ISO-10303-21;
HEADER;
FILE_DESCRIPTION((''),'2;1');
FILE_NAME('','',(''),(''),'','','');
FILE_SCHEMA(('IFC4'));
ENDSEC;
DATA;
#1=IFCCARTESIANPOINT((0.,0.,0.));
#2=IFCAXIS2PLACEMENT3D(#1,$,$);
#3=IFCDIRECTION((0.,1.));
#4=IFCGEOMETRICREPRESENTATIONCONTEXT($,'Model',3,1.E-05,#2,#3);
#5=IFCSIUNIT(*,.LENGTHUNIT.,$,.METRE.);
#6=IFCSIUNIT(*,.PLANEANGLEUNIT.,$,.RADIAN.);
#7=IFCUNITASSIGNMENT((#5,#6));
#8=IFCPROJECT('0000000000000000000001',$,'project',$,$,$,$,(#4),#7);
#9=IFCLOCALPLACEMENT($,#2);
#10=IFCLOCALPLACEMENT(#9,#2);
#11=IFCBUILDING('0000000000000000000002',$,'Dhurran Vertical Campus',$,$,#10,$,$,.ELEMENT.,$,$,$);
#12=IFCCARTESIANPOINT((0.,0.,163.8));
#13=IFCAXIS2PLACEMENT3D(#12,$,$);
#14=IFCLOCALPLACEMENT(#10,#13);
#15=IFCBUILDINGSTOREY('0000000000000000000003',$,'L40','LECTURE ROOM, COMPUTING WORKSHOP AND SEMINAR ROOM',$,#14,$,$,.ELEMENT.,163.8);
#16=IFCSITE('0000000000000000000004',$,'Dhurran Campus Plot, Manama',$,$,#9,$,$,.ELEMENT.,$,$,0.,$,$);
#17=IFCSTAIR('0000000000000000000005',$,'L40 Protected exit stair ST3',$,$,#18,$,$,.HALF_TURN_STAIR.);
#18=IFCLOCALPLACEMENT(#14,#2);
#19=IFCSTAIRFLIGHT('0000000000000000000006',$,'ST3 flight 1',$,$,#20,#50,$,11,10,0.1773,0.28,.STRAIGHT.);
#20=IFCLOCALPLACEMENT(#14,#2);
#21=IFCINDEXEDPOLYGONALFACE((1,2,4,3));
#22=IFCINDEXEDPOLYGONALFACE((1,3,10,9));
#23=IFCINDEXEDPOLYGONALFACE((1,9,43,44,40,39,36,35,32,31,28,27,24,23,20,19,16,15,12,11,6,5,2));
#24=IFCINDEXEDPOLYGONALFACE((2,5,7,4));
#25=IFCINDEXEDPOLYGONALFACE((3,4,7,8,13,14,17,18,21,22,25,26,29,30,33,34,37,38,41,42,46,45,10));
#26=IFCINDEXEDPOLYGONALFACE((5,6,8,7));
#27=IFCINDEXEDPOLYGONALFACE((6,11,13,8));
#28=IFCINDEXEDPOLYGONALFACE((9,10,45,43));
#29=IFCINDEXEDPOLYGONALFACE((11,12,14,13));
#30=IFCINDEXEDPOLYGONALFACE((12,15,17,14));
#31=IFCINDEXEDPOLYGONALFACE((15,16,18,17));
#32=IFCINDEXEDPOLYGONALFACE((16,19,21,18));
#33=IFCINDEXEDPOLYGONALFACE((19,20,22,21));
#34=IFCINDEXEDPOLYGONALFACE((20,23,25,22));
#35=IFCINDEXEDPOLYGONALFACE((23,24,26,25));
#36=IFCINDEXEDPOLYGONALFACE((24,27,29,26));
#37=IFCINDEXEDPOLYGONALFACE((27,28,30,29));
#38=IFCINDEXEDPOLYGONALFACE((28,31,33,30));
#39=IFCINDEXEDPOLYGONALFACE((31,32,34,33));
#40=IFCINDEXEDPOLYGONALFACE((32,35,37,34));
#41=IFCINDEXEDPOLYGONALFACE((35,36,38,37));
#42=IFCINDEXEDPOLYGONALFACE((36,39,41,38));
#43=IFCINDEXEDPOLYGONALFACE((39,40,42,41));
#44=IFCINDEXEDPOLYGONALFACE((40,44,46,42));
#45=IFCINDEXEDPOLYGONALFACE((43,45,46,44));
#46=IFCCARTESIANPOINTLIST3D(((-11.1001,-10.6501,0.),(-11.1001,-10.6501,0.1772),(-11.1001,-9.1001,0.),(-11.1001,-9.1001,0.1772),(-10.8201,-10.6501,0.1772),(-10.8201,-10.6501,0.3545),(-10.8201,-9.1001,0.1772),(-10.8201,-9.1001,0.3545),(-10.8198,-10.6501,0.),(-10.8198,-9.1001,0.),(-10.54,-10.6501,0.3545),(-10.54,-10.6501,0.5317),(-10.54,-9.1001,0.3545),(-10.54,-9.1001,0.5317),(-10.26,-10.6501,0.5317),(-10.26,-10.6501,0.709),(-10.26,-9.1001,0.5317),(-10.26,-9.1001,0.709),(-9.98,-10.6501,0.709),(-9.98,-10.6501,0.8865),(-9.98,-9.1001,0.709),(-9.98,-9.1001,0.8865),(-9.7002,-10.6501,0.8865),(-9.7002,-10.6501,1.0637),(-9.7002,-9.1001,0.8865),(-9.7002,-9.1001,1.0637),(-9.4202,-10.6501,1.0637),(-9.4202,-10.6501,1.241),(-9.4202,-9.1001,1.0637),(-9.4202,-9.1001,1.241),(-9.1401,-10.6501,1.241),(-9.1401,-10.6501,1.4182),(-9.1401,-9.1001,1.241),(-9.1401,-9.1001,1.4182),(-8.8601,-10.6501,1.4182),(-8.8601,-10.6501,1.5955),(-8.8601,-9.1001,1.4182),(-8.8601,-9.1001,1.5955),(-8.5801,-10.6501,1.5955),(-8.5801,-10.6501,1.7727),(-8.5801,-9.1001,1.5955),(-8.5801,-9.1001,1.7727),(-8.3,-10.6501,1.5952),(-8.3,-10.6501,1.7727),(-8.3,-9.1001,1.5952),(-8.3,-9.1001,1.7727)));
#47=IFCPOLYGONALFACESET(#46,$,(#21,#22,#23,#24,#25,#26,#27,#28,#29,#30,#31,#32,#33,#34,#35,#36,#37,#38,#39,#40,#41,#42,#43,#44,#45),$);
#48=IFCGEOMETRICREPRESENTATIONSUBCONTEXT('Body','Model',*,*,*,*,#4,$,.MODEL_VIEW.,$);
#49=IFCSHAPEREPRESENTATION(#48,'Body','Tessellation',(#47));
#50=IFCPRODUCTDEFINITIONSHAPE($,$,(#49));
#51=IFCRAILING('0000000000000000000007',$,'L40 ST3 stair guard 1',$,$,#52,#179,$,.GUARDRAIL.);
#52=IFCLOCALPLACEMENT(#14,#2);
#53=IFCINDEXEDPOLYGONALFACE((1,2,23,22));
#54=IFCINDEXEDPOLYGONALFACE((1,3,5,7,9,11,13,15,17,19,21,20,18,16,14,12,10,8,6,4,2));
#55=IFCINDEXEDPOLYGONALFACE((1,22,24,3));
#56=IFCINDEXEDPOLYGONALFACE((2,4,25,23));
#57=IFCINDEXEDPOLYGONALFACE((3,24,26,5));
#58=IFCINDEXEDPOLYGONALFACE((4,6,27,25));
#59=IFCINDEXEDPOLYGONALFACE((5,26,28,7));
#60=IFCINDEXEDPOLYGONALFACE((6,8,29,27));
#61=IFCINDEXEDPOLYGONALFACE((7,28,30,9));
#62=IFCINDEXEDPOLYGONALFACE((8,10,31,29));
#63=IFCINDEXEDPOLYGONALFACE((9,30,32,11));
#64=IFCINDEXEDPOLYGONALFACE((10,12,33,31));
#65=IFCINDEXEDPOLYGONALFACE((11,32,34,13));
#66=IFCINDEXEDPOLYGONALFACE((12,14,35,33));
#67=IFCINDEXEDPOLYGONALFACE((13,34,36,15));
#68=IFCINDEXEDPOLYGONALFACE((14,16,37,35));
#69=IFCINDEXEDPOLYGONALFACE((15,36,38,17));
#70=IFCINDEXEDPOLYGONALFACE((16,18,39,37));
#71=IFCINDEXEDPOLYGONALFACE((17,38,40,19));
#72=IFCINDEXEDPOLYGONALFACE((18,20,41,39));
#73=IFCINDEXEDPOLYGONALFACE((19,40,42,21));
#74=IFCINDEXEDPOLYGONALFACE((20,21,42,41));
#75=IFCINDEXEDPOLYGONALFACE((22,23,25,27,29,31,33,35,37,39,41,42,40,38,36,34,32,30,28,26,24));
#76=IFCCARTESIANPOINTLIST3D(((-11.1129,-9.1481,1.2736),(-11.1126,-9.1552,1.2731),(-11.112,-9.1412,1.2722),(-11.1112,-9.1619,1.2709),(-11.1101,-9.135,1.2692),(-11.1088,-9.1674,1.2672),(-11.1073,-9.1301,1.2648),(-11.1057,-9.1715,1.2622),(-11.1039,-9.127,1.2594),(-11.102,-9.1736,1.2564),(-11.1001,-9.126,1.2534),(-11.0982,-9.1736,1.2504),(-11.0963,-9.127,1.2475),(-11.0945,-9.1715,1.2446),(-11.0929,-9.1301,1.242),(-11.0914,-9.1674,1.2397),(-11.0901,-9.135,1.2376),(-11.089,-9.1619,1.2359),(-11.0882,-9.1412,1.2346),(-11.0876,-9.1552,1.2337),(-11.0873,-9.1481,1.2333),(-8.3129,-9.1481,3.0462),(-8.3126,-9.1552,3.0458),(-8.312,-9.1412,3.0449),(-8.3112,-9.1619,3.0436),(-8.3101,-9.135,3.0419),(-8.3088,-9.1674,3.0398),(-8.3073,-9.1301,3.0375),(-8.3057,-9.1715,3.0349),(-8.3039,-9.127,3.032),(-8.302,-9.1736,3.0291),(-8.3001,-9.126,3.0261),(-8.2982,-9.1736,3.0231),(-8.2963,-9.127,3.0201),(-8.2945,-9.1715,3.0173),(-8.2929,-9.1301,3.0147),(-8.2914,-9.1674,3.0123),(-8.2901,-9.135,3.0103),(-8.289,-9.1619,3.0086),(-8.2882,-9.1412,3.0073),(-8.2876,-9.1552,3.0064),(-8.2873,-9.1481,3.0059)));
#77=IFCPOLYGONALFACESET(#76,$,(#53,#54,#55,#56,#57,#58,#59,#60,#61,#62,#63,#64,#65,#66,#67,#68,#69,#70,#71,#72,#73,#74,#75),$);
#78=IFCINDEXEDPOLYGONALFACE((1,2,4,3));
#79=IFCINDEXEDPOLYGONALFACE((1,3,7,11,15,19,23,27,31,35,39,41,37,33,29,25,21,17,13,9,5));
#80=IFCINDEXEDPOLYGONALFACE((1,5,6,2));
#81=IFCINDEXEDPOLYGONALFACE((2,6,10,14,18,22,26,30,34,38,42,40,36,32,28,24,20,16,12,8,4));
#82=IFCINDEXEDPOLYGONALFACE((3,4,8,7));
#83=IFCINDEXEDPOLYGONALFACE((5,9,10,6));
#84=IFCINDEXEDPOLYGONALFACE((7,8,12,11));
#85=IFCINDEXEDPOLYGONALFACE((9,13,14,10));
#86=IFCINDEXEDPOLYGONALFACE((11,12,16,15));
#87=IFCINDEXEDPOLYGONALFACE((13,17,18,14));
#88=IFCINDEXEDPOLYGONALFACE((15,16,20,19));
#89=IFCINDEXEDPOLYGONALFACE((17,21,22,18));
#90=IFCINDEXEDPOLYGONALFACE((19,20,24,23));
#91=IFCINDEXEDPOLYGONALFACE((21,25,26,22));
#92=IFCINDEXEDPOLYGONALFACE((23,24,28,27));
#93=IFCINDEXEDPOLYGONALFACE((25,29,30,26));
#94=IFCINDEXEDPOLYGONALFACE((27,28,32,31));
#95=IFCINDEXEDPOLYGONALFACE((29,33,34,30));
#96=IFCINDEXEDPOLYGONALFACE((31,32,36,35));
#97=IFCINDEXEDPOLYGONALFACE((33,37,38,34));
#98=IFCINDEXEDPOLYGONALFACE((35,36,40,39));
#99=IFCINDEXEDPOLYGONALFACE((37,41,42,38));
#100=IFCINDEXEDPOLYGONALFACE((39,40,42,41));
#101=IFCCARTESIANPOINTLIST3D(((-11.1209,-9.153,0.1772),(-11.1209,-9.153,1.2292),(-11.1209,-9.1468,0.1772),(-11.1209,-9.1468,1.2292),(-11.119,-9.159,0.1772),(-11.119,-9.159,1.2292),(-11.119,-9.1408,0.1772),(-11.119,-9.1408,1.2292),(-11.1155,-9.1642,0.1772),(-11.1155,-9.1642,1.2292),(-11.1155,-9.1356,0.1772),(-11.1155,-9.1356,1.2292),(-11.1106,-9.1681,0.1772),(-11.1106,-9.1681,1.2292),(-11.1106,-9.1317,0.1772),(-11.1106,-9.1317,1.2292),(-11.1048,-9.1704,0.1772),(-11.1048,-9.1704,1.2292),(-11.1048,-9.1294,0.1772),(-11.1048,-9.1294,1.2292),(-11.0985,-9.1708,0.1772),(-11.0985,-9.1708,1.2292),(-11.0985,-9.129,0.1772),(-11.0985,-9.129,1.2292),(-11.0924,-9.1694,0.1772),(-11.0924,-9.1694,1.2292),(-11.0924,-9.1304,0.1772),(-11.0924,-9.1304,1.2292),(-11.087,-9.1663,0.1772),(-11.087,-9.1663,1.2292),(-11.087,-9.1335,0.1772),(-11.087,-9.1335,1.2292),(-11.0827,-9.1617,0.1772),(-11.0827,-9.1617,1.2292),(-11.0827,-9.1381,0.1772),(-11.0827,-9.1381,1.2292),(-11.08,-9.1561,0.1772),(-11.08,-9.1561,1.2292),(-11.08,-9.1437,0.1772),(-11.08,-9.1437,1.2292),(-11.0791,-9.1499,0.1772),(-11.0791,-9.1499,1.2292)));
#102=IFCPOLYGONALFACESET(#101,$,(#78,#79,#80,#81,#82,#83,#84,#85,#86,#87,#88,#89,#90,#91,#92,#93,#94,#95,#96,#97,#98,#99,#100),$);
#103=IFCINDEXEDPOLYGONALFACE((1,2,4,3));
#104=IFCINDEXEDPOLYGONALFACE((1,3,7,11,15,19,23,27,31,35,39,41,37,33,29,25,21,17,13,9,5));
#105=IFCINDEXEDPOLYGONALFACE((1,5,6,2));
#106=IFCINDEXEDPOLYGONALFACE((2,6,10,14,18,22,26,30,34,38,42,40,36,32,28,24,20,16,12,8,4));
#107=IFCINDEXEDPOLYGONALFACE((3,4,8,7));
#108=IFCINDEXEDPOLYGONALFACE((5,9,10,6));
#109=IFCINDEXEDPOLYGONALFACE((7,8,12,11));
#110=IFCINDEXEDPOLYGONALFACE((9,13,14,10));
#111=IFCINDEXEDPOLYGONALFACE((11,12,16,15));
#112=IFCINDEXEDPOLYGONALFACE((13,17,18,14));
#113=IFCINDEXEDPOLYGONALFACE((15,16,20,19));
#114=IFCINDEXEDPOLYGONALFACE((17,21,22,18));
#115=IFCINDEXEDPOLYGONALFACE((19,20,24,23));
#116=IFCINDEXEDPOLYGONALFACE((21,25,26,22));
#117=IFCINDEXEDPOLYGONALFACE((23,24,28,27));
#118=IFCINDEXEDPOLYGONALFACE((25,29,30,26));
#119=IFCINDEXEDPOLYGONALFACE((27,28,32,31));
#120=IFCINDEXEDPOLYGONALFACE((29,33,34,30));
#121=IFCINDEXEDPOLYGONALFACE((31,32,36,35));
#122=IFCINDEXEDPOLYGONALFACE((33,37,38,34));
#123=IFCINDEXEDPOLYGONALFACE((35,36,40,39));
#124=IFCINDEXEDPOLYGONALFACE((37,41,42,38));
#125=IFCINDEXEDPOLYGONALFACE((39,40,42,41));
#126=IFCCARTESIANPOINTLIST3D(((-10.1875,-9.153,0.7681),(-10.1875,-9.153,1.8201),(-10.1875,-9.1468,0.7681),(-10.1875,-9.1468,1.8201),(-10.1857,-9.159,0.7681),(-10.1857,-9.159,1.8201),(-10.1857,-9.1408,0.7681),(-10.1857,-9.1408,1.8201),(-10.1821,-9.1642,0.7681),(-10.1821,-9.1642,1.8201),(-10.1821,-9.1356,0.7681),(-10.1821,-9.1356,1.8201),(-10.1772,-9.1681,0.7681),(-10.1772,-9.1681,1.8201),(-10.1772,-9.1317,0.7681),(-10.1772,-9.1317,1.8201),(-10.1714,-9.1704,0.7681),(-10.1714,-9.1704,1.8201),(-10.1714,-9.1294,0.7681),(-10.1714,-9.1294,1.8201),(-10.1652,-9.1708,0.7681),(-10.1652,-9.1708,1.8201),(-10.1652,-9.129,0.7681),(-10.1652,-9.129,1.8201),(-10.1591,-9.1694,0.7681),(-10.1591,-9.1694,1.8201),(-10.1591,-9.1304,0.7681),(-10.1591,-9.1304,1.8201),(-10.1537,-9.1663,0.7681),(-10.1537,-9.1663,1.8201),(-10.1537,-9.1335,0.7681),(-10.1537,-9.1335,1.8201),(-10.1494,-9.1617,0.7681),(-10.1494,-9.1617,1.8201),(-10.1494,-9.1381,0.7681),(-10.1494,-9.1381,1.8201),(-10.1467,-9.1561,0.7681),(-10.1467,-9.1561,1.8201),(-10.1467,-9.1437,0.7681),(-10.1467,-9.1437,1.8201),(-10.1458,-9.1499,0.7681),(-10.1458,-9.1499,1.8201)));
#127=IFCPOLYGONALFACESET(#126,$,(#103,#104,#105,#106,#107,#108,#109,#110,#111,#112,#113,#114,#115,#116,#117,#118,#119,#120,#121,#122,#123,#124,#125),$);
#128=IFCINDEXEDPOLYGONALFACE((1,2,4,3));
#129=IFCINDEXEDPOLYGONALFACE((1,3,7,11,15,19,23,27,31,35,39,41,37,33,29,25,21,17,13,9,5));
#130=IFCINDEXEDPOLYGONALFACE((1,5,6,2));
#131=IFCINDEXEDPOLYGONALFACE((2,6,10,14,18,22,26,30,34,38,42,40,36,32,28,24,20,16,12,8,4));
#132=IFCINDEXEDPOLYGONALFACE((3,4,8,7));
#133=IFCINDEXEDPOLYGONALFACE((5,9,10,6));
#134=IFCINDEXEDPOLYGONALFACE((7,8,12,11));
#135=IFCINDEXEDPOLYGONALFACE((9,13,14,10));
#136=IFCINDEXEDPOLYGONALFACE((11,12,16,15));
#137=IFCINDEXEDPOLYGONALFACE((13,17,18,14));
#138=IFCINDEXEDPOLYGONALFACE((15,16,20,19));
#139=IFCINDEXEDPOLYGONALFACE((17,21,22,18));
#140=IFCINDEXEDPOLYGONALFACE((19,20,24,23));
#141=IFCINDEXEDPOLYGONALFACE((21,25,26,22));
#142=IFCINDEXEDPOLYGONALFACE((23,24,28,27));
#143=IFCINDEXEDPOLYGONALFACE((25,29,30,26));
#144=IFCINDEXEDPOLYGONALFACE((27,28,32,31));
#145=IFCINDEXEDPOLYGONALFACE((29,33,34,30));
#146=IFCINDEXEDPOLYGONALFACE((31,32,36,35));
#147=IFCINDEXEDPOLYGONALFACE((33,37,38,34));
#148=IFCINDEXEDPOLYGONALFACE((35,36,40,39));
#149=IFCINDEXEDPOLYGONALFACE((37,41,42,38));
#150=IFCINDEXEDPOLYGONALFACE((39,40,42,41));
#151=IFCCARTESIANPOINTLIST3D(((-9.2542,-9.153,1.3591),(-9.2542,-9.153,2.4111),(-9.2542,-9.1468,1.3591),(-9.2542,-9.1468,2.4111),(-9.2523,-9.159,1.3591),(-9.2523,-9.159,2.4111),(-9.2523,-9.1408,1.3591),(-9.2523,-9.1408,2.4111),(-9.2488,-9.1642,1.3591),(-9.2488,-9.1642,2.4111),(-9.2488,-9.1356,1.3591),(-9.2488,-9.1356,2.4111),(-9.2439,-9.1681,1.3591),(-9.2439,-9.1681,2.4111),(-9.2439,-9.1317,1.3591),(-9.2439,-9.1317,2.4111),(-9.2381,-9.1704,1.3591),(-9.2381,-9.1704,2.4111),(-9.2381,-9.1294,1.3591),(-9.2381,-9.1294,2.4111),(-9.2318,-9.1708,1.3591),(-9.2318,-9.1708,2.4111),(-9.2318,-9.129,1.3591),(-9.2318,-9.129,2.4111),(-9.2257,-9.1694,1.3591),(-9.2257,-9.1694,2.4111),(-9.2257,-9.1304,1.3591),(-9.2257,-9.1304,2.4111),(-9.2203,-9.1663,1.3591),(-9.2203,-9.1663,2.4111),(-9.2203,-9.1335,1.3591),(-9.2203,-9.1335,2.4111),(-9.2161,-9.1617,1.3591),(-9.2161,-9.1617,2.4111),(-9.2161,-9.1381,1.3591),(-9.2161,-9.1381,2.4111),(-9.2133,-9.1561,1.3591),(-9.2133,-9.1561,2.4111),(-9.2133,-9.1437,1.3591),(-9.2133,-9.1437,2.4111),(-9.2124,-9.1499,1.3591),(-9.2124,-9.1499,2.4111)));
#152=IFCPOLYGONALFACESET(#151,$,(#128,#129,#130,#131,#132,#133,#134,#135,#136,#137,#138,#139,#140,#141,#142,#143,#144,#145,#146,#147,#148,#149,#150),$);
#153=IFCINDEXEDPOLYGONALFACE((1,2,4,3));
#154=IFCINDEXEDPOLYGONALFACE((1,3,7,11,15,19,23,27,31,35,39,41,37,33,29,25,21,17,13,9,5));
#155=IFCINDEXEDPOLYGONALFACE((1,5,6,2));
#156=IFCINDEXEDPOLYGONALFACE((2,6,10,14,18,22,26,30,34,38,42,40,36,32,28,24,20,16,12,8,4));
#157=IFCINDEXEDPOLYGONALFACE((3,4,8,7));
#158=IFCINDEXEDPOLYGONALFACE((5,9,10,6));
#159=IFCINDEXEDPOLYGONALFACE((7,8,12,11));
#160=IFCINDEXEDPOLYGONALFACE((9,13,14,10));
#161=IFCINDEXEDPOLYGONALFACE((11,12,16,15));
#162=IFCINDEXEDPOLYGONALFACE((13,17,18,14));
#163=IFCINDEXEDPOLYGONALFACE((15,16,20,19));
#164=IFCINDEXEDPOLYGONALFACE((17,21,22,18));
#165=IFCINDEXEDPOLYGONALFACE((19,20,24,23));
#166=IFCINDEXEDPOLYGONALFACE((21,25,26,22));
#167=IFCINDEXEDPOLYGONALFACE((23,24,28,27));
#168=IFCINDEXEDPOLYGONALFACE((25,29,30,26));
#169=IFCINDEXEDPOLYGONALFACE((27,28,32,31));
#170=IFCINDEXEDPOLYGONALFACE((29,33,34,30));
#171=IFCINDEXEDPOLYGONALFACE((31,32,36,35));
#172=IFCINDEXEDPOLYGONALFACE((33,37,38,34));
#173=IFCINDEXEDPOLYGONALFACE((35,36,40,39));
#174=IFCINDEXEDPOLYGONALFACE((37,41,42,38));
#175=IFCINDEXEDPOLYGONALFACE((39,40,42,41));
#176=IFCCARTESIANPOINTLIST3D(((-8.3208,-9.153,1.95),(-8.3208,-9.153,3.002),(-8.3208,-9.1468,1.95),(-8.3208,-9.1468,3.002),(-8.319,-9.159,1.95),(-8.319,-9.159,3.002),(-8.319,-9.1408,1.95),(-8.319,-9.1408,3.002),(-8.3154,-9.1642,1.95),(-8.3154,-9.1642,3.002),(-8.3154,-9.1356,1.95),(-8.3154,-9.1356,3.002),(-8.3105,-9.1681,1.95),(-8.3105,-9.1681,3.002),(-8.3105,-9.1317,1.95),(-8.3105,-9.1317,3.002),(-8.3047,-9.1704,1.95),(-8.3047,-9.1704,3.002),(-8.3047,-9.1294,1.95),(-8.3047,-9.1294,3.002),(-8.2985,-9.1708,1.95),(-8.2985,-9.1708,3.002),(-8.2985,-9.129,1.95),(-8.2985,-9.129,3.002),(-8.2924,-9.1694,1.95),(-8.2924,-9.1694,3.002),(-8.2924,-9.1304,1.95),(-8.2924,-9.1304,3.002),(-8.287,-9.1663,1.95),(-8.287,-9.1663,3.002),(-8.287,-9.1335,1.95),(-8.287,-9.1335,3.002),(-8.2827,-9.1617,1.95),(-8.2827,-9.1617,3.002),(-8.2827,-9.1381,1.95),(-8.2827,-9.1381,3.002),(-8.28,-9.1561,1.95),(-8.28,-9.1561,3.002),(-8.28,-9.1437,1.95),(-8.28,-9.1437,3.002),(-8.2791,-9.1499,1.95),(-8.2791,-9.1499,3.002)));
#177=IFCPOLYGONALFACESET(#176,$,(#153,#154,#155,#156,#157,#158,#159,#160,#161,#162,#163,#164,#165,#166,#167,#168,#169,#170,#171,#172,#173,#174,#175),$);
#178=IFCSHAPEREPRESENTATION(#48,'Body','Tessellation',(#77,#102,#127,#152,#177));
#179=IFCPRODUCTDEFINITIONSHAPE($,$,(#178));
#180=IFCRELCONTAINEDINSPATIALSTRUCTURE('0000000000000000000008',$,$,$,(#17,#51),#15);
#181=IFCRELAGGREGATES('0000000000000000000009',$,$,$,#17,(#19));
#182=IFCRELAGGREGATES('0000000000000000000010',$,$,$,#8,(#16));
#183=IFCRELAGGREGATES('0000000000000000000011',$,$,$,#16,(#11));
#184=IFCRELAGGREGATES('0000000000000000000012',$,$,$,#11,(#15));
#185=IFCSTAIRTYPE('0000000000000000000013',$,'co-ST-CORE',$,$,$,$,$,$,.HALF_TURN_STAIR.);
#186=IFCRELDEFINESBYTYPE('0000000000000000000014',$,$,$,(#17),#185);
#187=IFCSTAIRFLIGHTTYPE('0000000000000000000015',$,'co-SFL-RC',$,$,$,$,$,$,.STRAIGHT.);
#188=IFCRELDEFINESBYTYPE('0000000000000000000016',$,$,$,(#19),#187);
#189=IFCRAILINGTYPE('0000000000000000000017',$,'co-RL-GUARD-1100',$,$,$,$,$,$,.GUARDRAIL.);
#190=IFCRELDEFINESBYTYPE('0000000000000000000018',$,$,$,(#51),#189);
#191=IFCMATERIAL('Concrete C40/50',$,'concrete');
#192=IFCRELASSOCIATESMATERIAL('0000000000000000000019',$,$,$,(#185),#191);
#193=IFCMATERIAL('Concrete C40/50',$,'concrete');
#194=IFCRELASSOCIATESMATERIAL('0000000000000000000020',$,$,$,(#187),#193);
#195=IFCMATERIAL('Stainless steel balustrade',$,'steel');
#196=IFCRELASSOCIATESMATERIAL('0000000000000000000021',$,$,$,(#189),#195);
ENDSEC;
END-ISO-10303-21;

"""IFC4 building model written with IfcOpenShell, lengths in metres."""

from ifc_helpers import new_model, si_unit, direction, frame, origin, origin_2d, place, context, subcontext, project, spatial, polyline, circle, outline, extrude, material, type_object, element, aggregate, save


model = new_model("IFC4")

# Units and contexts
model_context = context("Model", 3, precision=1e-05, world=origin(), true_north=direction((0.0, 1.0)))
body_context = subcontext(model_context, "Body", "Model", "MODEL_VIEW")
ifc_project = project(units=[si_unit("LENGTHUNIT", "METRE"), si_unit("PLANEANGLEUNIT", "RADIAN")], contexts=[model_context])

# Site, building, storey
site_placement = place(None, origin())
site = spatial("IfcSite", under=ifc_project, at=site_placement, Name="Dhurran Campus Plot, Manama", CompositionType="ELEMENT", RefElevation=0.0)
building_placement = place(site_placement, origin())
building = spatial("IfcBuilding", under=site, at=building_placement, Name="Dhurran Vertical Campus", CompositionType="ELEMENT")
storey_placement = place(building_placement, frame((0.0, 0.0, 163.8)))
storey = spatial("IfcBuildingStorey", under=building, at=storey_placement, Name="L40", Description="LECTURE ROOM, COMPUTING WORKSHOP AND SEMINAR ROOM", CompositionType="ELEMENT", Elevation=163.8)

# Stair, stair flight
ifc_material_1 = material(Name="Concrete C40/50", Category="concrete")
stair_type = type_object("IfcStairType", Name="co-ST-CORE", PredefinedType="HALF_TURN_STAIR", material=ifc_material_1)
stair_placement = place(storey_placement, origin())
stair = element("IfcStair", 1, at=stair_placement, inside=storey, type_object=stair_type, Name="L40 Protected exit stair ST3", PredefinedType="HALF_TURN_STAIR")
ifc_material_2 = material(Name="Concrete C40/50", Category="concrete")
stair_flight_type = type_object("IfcStairFlightType", Name="co-SFL-RC", PredefinedType="STRAIGHT", material=ifc_material_2)
stair_flight_placement = place(storey_placement, frame((-11.1001, -9.875, 0.0), z_axis=(0.0, 0.0, 1.0), x_axis=(1.0, 0.0, 0.0)))
stair_flight = element("IfcStairFlight", 2, at=stair_flight_placement, type_object=stair_flight_type, Name="ST3 flight 1", NumberOfRisers=11, NumberOfTreads=10, PredefinedType="STRAIGHT", RiserHeight=0.1773, TreadLength=0.28, context=body_context, shape_type="SweptSolid", body=[
    extrude(outline(polyline([(0.0, 0.0), (0.0, 0.1772), (0.28, 0.1772), (0.28, 0.3545), (0.5601, 0.3545), (0.5601, 0.5317), (0.8401, 0.5317), (0.8401, 0.709), (1.1201, 0.709), (1.1201, 0.8865), (1.3999, 0.8865), (1.3999, 1.0637), (1.6799, 1.0637), (1.6799, 1.241), (1.96, 1.241), (1.96, 1.4182), (2.24, 1.4182), (2.24, 1.5955), (2.52, 1.5955), (2.52, 1.7727), (2.8, 1.7727), (2.8, 1.95), (2.8, 1.5952), (0.2803, 0.0), (0.0, 0.0)])), frame((0.0, 0.7749, 0.0), z_axis=(0.0, -1.0, 0.0), x_axis=(1.0, 0.0, 0.0)), (0.0, 0.0, 1.0), 1.55),
])
aggregate(stair, [stair_flight])

# Railing
ifc_material_3 = material(Name="Stainless steel balustrade", Category="steel")
railing_type_1 = type_object("IfcRailingType", Name="co-RL-GUARD-1100", PredefinedType="GUARDRAIL", material=ifc_material_3)
railing_1_placement = place(storey_placement, frame((-11.1001, -9.1499, 0.1772)))
element("IfcRailing", 3, at=railing_1_placement, inside=storey, type_object=railing_type_1, Name="L40 ST3 stair guard 1", PredefinedType="GUARDRAIL", context=body_context, shape_type="SweptSolid", body=[
    extrude(circle(Radius=0.0239, at=origin_2d()), frame((0.0, 0.0, 1.0762), z_axis=(0.844909, 0.0, 0.53491), x_axis=(0.0, 1.0, 0.0)), (0.0, 0.0, 1.0), 3.314),
    extrude(circle(Radius=0.021, at=origin_2d()), origin(), (0.0, 0.0, 1.0), 1.052),
    extrude(circle(Radius=0.021, at=origin_2d()), frame((0.9333, 0.0, 0.5908)), (0.0, 0.0, 1.0), 1.052),
    extrude(circle(Radius=0.021, at=origin_2d()), frame((1.8667, 0.0, 1.1819)), (0.0, 0.0, 1.0), 1.052),
    extrude(circle(Radius=0.021, at=origin_2d()), frame((2.8, 0.0, 1.7727)), (0.0, 0.0, 1.0), 1.052),
])

save(model, "model.ifc")
